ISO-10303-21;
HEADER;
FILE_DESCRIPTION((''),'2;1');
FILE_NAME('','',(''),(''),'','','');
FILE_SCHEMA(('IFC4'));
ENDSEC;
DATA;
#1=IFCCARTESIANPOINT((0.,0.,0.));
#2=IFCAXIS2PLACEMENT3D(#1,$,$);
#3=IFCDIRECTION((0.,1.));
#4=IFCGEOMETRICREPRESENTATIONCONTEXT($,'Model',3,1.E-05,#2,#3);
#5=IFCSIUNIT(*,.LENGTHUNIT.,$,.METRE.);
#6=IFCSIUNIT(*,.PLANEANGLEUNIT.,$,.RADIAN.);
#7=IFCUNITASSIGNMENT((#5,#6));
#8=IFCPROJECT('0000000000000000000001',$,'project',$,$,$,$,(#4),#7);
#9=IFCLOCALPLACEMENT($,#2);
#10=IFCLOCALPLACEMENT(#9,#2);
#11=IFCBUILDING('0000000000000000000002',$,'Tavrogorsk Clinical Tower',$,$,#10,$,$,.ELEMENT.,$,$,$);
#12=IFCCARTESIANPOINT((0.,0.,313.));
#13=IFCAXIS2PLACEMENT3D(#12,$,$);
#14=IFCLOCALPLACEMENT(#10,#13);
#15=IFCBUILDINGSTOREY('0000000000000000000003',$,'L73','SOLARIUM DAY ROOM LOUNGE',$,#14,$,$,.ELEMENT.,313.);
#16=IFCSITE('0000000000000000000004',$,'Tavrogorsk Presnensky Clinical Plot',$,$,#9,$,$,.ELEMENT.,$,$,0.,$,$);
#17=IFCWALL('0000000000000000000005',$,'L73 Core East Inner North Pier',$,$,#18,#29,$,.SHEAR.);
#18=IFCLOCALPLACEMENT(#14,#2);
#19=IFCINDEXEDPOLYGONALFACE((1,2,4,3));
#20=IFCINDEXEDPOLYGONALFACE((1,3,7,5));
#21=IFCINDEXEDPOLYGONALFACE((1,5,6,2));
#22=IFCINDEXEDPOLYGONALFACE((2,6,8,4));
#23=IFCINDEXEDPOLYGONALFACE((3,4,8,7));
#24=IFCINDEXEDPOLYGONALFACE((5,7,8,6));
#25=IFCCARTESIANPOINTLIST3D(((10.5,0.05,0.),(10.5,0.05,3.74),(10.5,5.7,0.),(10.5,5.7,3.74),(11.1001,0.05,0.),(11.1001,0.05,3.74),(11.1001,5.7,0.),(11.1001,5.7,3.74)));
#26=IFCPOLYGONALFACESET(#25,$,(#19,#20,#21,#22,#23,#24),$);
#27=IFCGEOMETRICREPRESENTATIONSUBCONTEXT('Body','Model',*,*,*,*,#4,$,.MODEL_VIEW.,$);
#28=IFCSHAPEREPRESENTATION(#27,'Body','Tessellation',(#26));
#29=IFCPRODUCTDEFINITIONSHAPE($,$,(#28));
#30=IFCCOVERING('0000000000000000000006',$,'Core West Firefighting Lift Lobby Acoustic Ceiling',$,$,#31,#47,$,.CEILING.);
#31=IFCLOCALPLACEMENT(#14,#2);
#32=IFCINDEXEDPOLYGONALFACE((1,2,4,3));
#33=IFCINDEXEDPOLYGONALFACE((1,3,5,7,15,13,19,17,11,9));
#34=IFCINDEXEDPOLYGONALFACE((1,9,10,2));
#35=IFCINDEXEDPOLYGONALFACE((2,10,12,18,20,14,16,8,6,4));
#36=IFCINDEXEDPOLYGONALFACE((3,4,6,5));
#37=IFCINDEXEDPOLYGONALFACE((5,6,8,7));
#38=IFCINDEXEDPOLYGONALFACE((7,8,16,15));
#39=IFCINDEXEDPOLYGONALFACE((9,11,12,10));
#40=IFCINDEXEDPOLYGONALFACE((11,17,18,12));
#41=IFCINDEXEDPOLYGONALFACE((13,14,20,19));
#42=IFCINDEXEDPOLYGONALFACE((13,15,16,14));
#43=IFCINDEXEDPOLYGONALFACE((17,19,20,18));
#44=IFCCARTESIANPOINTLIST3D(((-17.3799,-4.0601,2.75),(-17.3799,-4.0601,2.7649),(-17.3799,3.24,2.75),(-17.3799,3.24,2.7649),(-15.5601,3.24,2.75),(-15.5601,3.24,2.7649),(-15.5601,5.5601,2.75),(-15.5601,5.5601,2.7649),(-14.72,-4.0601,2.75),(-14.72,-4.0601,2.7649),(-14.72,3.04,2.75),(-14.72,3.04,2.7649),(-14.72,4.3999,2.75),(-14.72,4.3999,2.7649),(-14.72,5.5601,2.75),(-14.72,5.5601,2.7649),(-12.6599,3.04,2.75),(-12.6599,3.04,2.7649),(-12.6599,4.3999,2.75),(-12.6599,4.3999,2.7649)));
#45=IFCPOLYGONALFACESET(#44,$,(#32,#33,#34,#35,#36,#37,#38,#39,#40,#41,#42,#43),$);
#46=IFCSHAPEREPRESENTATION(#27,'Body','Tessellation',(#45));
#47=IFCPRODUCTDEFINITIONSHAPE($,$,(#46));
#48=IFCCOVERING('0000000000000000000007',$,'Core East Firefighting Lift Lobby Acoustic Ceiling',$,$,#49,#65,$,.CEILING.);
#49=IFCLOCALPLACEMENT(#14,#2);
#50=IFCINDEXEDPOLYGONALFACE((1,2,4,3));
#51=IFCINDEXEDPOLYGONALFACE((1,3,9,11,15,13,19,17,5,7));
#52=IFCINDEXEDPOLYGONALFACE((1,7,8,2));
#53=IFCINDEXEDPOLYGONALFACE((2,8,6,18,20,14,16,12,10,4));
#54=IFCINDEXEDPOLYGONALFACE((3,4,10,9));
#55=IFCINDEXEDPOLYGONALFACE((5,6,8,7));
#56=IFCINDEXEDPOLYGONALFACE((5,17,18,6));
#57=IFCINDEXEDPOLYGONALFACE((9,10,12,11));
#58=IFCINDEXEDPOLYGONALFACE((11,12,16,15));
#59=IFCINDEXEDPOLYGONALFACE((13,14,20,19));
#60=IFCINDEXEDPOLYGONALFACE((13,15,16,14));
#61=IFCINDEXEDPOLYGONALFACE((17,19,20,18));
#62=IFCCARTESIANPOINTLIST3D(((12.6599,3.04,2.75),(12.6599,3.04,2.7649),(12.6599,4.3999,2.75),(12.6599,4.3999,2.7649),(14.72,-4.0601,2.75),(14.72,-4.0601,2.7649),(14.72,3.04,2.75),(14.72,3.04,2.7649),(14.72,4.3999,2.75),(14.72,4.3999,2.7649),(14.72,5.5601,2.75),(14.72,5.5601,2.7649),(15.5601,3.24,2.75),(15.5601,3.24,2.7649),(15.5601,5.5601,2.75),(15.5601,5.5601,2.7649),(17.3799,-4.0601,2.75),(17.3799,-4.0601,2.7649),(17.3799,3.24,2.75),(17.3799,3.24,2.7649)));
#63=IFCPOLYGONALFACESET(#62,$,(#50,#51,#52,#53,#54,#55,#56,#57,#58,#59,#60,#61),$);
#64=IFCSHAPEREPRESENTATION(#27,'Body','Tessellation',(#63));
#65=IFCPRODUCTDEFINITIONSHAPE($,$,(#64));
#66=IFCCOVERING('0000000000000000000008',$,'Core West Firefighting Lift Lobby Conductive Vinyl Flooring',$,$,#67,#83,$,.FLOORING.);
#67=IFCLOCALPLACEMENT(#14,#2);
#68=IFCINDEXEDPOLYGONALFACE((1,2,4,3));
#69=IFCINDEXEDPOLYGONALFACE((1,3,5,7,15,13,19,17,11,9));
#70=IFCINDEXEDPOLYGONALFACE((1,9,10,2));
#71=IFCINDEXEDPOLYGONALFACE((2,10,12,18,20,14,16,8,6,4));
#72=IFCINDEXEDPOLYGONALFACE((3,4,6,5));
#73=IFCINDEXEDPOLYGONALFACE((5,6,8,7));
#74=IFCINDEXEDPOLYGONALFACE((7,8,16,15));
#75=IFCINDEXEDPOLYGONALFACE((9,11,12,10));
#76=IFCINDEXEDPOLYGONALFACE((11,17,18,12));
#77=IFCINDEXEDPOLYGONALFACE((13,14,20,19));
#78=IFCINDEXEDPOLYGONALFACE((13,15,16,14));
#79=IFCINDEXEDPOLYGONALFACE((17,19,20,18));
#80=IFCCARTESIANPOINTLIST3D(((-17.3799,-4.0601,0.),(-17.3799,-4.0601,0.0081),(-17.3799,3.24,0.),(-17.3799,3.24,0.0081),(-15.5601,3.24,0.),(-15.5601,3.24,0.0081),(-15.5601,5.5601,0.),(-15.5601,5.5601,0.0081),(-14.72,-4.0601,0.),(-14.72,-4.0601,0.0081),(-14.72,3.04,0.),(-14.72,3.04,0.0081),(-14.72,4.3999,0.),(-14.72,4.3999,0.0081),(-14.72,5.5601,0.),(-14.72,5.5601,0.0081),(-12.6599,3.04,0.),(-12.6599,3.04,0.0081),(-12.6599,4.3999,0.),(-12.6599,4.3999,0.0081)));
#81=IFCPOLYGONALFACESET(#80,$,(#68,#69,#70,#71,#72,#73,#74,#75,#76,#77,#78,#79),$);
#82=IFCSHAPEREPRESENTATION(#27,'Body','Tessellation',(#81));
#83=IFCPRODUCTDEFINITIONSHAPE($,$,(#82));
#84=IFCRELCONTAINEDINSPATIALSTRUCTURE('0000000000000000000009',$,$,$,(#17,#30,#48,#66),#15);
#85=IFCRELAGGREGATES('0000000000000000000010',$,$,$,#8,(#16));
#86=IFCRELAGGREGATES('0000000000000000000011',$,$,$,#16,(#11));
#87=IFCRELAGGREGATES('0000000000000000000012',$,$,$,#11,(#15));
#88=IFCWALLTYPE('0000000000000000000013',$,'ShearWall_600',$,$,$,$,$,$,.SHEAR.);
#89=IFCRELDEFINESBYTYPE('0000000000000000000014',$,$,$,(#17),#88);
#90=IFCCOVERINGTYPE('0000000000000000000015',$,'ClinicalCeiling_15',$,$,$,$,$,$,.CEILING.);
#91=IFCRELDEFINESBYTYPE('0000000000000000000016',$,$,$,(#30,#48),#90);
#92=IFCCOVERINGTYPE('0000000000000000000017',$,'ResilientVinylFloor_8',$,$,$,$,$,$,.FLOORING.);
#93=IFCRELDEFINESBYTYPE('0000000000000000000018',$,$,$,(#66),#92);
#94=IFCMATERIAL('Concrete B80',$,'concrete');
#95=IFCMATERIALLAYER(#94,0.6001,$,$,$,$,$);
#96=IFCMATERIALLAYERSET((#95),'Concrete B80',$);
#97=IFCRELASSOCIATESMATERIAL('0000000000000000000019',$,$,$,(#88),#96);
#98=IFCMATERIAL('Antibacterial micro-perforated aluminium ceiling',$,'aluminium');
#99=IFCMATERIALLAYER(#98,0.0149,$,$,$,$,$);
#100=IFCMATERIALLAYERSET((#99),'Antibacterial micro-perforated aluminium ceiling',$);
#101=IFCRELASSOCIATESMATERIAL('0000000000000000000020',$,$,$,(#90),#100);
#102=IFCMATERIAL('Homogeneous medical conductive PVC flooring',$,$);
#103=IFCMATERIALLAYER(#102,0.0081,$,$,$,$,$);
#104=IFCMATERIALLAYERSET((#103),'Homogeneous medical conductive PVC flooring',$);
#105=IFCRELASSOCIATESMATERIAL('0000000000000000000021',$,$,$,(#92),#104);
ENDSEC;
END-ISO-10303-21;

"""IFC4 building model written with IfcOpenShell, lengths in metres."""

from ifc_helpers import new_model, si_unit, direction, frame, frame_2d, origin, place, context, subcontext, project, spatial, polyline, rectangle, outline, extrude, material, layer, layer_set, type_object, element, save


model = new_model("IFC4")

# Units and contexts
model_context = context("Model", 3, precision=1e-05, world=origin(), true_north=direction((0.0, 1.0)))
body_context = subcontext(model_context, "Body", "Model", "MODEL_VIEW")
ifc_project = project(units=[si_unit("LENGTHUNIT", "METRE"), si_unit("PLANEANGLEUNIT", "RADIAN")], contexts=[model_context])

# Site, building, storey
site_placement = place(None, origin())
site = spatial("IfcSite", under=ifc_project, at=site_placement, Name="Tavrogorsk Presnensky Clinical Plot", CompositionType="ELEMENT", RefElevation=0.0)
building_placement = place(site_placement, origin())
building = spatial("IfcBuilding", under=site, at=building_placement, Name="Tavrogorsk Clinical Tower", CompositionType="ELEMENT")
storey_placement = place(building_placement, frame((0.0, 0.0, 313.0)))
storey = spatial("IfcBuildingStorey", under=building, at=storey_placement, Name="L73", Description="SOLARIUM DAY ROOM LOUNGE", CompositionType="ELEMENT", Elevation=313.0)

# Wall
ifc_material_1 = material(Name="Concrete B80", Category="concrete")
ifc_layer_1 = layer(ifc_material_1, 0.6001)
ifc_layer_set_1 = layer_set([ifc_layer_1], Name="Concrete B80")
wall_type_1 = type_object("IfcWallType", Name="ShearWall_600", PredefinedType="SHEAR", material=ifc_layer_set_1)
wall_1_placement = place(storey_placement, frame((10.8, 0.05, 0.0), z_axis=(0.0, 0.0, 1.0), x_axis=(0.0, 1.0, 0.0)))
element("IfcWall", 1, at=wall_1_placement, inside=storey, type_object=wall_type_1, Name="L73 Core East Inner North Pier", PredefinedType="SHEAR", context=body_context, shape_type="SweptSolid", body=[
    extrude(rectangle(XDim=5.6499, YDim=0.6001, at=frame_2d((2.825, 0.0))), origin(), (0.0, 0.0, 1.0), 3.74),
])

# Coverings
ifc_material_2 = material(Name="Antibacterial micro-perforated aluminium ceiling", Category="aluminium")
ifc_layer_2 = layer(ifc_material_2, 0.0149)
ifc_layer_set_2 = layer_set([ifc_layer_2], Name="Antibacterial micro-perforated aluminium ceiling")
covering_type_1 = type_object("IfcCoveringType", Name="ClinicalCeiling_15", PredefinedType="CEILING", material=ifc_layer_set_2)
covering_1_placement = place(storey_placement, frame((0.0, 0.0, 2.75)))
element("IfcCovering", 2, at=covering_1_placement, inside=storey, type_object=covering_type_1, Name="Core West Firefighting Lift Lobby Acoustic Ceiling", PredefinedType="CEILING", context=body_context, shape_type="SweptSolid", body=[
    extrude(outline(polyline([(-17.3799, -4.0601), (-17.3799, 3.24), (-15.5601, 3.24), (-15.5601, 5.5601), (-14.72, 5.5601), (-14.72, 4.3999), (-12.6599, 4.3999), (-12.6599, 3.04), (-14.72, 3.04), (-14.72, -4.0601), (-17.3799, -4.0601)])), origin(), (0.0, 0.0, 1.0), 0.0149),
])
covering_2_placement = place(storey_placement, frame((0.0, 0.0, 2.75)))
element("IfcCovering", 3, at=covering_2_placement, inside=storey, type_object=covering_type_1, Name="Core East Firefighting Lift Lobby Acoustic Ceiling", PredefinedType="CEILING", context=body_context, shape_type="SweptSolid", body=[
    extrude(outline(polyline([(14.72, 3.04), (12.6599, 3.04), (12.6599, 4.3999), (14.72, 4.3999), (14.72, 5.5601), (15.5601, 5.5601), (15.5601, 3.24), (17.3799, 3.24), (17.3799, -4.0601), (14.72, -4.0601), (14.72, 3.04)])), origin(), (0.0, 0.0, 1.0), 0.0149),
])
ifc_material_3 = material(Name="Homogeneous medical conductive PVC flooring")
ifc_layer_3 = layer(ifc_material_3, 0.0081)
ifc_layer_set_3 = layer_set([ifc_layer_3], Name="Homogeneous medical conductive PVC flooring")
covering_type_2 = type_object("IfcCoveringType", Name="ResilientVinylFloor_8", PredefinedType="FLOORING", material=ifc_layer_set_3)
covering_3_placement = place(storey_placement, origin())
element("IfcCovering", 4, at=covering_3_placement, inside=storey, type_object=covering_type_2, Name="Core West Firefighting Lift Lobby Conductive Vinyl Flooring", PredefinedType="FLOORING", context=body_context, shape_type="SweptSolid", body=[
    extrude(outline(polyline([(-17.3799, -4.0601), (-17.3799, 3.24), (-15.5601, 3.24), (-15.5601, 5.5601), (-14.72, 5.5601), (-14.72, 4.3999), (-12.6599, 4.3999), (-12.6599, 3.04), (-14.72, 3.04), (-14.72, -4.0601), (-17.3799, -4.0601)])), origin(), (0.0, 0.0, 1.0), 0.0081),
])

save(model, "model.ifc")
